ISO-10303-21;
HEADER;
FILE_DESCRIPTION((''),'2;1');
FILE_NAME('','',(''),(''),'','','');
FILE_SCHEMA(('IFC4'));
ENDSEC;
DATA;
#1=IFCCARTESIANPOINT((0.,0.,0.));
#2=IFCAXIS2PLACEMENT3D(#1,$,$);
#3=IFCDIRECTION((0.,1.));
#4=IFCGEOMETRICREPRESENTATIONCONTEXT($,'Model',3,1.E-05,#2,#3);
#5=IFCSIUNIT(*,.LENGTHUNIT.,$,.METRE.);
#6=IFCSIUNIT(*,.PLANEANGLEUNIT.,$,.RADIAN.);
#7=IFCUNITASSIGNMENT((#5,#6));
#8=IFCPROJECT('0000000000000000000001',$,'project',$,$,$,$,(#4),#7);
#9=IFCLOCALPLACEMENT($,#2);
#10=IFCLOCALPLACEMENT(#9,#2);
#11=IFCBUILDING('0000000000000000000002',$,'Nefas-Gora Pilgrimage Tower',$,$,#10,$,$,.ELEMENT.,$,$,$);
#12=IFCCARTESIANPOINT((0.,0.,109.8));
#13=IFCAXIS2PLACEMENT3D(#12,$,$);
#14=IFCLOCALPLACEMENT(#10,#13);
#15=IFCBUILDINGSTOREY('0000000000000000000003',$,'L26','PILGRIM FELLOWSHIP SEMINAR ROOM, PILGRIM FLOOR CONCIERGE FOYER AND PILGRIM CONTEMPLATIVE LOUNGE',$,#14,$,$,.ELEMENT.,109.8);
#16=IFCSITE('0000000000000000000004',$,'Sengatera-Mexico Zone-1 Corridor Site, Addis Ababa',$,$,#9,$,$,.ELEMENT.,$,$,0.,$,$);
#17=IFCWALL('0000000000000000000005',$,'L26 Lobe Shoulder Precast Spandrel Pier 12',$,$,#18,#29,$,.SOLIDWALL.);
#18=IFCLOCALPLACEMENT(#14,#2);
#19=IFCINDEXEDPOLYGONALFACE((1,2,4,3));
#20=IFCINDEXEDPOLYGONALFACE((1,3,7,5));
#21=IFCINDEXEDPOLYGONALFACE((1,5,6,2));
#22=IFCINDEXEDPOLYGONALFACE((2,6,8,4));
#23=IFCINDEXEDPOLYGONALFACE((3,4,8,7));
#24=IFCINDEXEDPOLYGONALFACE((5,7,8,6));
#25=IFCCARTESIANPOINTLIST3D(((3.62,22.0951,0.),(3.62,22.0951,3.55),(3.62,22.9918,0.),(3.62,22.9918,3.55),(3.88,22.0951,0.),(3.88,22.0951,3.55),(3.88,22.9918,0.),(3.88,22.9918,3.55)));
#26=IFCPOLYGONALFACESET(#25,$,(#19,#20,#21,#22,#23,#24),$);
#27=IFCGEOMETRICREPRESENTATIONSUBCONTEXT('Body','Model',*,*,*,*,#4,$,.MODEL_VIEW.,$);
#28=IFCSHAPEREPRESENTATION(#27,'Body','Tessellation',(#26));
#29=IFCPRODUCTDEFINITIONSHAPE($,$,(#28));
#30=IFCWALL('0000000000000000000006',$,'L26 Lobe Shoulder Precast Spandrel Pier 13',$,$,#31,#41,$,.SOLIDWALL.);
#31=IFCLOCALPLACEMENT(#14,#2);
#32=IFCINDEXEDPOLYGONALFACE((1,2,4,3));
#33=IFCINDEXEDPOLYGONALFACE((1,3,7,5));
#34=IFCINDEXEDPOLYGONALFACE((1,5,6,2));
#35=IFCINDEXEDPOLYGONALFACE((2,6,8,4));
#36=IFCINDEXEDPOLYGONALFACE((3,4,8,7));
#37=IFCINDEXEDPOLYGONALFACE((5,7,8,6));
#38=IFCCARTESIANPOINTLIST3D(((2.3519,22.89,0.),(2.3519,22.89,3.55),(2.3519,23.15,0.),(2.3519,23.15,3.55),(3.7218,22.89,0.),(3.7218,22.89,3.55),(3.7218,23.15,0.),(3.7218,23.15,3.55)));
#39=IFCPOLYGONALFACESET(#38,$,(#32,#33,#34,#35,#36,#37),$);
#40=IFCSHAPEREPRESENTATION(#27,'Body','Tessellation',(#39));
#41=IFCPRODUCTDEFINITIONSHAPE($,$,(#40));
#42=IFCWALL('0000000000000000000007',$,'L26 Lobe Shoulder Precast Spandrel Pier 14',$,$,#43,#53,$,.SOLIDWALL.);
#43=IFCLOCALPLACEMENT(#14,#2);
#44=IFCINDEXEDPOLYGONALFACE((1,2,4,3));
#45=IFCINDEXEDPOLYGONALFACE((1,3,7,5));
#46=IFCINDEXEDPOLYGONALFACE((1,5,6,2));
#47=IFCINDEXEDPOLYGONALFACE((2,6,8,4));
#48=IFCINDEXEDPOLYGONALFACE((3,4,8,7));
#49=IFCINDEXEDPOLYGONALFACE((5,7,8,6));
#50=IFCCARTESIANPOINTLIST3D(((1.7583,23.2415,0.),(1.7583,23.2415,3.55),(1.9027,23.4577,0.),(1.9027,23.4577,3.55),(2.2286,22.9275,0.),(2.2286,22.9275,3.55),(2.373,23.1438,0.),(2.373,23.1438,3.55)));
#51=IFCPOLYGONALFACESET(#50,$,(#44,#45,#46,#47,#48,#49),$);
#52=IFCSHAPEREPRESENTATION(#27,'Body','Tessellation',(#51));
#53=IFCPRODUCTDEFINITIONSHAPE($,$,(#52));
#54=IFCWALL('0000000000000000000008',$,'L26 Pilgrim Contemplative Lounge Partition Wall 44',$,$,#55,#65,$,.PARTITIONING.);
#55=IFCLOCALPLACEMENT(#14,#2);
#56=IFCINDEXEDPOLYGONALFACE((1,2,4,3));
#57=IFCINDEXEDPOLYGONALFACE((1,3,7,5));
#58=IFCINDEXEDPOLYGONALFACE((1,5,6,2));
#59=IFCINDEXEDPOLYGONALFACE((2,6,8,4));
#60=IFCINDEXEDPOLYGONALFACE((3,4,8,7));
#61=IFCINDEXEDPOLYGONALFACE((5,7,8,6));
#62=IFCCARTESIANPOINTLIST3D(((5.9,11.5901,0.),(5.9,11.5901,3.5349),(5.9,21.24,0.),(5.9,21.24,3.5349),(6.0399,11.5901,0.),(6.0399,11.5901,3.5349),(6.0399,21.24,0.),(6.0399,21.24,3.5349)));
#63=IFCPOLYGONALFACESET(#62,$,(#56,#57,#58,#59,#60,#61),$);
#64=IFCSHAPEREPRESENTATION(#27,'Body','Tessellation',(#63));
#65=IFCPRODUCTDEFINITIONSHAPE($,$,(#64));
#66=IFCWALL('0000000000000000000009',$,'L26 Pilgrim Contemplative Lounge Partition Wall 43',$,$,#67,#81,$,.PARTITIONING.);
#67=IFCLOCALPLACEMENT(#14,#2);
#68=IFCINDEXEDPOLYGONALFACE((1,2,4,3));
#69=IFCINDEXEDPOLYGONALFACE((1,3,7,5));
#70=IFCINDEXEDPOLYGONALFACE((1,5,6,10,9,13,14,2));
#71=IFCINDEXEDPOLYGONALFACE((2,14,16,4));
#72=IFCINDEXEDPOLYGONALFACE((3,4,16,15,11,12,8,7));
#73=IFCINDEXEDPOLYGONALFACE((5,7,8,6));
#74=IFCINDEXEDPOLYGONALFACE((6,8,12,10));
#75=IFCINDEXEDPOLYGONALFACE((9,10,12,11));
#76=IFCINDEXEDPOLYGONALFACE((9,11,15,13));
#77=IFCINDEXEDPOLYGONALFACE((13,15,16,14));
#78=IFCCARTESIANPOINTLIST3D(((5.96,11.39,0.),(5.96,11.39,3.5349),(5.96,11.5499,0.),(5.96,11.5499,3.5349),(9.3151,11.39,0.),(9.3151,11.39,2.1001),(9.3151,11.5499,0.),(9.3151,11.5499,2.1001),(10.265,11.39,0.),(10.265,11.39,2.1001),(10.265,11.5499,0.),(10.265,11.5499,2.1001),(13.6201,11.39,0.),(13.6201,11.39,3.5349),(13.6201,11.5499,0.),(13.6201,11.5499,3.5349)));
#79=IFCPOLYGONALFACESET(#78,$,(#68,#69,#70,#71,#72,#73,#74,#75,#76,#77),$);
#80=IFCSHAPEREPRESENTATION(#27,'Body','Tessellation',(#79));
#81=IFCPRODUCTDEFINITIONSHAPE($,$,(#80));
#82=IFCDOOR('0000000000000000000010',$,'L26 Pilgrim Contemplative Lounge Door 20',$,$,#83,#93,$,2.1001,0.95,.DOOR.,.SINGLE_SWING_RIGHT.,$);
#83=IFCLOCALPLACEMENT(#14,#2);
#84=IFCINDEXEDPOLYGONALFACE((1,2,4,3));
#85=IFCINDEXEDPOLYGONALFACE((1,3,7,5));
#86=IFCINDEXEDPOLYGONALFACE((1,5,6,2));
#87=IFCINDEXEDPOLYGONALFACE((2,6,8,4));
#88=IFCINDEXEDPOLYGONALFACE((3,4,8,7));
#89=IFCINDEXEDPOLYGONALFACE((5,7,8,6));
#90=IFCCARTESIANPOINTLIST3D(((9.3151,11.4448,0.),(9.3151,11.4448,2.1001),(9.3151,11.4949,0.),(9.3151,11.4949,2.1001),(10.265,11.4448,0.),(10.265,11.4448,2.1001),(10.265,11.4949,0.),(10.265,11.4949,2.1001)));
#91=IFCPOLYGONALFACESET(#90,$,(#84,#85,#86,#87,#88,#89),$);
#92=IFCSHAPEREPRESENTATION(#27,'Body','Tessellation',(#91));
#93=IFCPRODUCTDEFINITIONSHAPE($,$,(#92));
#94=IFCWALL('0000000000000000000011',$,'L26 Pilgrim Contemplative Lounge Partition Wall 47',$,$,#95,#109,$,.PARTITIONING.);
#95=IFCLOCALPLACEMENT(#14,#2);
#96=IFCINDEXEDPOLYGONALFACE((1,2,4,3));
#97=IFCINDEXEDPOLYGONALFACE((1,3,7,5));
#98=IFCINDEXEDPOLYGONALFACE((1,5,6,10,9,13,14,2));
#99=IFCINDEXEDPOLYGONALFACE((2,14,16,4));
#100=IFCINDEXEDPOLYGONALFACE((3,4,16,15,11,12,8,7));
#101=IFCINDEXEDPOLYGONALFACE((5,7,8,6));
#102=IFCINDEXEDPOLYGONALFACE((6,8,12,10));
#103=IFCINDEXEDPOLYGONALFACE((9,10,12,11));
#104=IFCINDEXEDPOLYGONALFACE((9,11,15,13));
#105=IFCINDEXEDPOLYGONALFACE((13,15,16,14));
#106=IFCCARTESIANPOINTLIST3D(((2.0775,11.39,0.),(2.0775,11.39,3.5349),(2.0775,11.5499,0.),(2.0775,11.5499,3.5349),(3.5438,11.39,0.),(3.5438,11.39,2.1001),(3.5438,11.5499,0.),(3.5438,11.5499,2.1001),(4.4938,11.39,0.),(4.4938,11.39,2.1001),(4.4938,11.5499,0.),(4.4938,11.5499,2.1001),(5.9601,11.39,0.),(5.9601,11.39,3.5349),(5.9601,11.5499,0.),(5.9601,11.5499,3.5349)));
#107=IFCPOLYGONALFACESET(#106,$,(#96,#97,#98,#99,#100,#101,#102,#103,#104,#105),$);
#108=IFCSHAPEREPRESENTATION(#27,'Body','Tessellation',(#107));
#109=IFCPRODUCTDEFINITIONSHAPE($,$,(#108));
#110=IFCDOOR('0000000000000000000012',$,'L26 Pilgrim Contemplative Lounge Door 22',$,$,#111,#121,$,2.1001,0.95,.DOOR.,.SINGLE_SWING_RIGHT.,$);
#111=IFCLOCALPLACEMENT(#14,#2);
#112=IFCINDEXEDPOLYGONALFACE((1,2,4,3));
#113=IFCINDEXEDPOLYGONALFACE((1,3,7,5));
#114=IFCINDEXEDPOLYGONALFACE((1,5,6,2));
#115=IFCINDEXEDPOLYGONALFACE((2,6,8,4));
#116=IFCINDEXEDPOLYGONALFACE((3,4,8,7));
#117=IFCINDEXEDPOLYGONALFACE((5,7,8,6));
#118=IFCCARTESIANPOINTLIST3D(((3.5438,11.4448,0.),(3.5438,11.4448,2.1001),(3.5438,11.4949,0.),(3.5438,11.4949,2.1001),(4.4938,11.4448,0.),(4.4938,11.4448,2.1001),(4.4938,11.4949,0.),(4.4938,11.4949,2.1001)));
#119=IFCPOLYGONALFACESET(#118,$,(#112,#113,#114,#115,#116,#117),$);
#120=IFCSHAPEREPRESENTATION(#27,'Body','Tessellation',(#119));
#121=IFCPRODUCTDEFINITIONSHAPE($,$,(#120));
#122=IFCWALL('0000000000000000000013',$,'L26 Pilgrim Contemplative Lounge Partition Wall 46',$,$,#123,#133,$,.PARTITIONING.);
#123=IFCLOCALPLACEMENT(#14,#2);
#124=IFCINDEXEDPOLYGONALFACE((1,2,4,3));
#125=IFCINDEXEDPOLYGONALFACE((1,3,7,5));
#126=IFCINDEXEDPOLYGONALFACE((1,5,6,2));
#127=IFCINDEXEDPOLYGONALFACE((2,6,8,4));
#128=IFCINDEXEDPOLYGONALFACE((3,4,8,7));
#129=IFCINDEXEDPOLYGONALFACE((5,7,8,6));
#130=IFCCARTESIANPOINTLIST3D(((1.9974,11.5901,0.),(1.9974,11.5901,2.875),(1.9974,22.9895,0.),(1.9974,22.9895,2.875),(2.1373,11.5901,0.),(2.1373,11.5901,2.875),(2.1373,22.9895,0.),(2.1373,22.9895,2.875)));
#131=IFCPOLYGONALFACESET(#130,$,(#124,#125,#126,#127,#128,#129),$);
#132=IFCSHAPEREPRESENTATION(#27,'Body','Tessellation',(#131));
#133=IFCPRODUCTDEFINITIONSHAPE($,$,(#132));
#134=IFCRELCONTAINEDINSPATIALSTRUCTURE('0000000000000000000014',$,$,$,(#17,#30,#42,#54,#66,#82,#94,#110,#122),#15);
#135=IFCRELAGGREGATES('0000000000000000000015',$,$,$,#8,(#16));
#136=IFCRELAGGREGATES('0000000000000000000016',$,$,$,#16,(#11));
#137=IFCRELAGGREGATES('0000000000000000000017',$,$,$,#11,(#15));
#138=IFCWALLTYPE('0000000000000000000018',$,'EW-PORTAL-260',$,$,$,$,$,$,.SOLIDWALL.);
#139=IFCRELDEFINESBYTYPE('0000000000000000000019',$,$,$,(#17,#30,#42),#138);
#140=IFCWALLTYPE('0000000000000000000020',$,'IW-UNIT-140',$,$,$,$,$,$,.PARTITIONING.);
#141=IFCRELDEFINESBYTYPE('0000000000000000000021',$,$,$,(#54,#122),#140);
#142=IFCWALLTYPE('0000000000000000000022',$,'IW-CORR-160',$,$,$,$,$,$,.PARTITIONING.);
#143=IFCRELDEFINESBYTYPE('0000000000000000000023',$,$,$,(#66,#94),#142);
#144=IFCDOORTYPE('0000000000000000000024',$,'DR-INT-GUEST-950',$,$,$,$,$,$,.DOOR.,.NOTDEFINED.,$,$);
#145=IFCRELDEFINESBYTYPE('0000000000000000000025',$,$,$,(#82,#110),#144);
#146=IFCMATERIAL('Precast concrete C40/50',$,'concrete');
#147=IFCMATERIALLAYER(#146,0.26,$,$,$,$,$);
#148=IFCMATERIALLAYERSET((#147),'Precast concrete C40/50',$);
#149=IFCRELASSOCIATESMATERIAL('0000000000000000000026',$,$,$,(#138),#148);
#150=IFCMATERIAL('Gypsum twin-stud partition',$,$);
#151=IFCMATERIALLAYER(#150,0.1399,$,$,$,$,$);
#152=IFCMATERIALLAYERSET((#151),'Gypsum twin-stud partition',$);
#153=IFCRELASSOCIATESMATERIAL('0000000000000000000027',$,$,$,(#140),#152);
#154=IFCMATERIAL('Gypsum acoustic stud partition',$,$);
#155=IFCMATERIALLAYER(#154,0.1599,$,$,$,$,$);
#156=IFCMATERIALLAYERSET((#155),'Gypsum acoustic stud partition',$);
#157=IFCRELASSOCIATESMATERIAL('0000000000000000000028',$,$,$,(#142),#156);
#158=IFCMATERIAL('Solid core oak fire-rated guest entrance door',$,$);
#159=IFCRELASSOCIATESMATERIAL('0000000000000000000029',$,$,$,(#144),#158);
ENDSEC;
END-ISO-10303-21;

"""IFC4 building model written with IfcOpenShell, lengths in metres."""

from ifc_helpers import new_model, si_unit, direction, frame, frame_2d, origin, place, context, subcontext, project, spatial, rectangle, extrude, source, transform, mapped, material, layer, layer_set, type_object, element, fill, save


model = new_model("IFC4")

# Units and contexts
model_context = context("Model", 3, precision=1e-05, world=origin(), true_north=direction((0.0, 1.0)))
body_context = subcontext(model_context, "Body", "Model", "MODEL_VIEW")
ifc_project = project(units=[si_unit("LENGTHUNIT", "METRE"), si_unit("PLANEANGLEUNIT", "RADIAN")], contexts=[model_context])

# Site, building, storey
site_placement = place(None, origin())
site = spatial("IfcSite", under=ifc_project, at=site_placement, Name="Sengatera-Mexico Zone-1 Corridor Site, Addis Ababa", CompositionType="ELEMENT", RefElevation=0.0)
building_placement = place(site_placement, origin())
building = spatial("IfcBuilding", under=site, at=building_placement, Name="Nefas-Gora Pilgrimage Tower", CompositionType="ELEMENT")
storey_placement = place(building_placement, frame((0.0, 0.0, 109.8)))
storey = spatial("IfcBuildingStorey", under=building, at=storey_placement, Name="L26", Description="PILGRIM FELLOWSHIP SEMINAR ROOM, PILGRIM FLOOR CONCIERGE FOYER AND PILGRIM CONTEMPLATIVE LOUNGE", CompositionType="ELEMENT", Elevation=109.8)

# Walls
ifc_material_1 = material(Name="Precast concrete C40/50", Category="concrete")
ifc_layer_1 = layer(ifc_material_1, 0.26)
ifc_layer_set_1 = layer_set([ifc_layer_1], Name="Precast concrete C40/50")
wall_type_1 = type_object("IfcWallType", Name="EW-PORTAL-260", PredefinedType="SOLIDWALL", material=ifc_layer_set_1)
shared_shape_1 = source(origin(), body_context, "Body", "SweptSolid", [
    extrude(rectangle(XDim=0.8967, YDim=0.26, at=frame_2d((0.4482, 0.0))), origin(), (0.0, 0.0, 1.0), 3.55),
])
wall_1_placement = place(storey_placement, frame((3.75, 22.0952, 0.0), z_axis=(0.0, 0.0, 1.0), x_axis=(0.0, 1.0, 0.0)))
element("IfcWall", 1, at=wall_1_placement, inside=storey, type_object=wall_type_1, Name="L26 Lobe Shoulder Precast Spandrel Pier 12", PredefinedType="SOLIDWALL", context=body_context, shape_type="MappedRepresentation", body=[
    mapped(shared_shape_1, transform((0.0, 0.0, 0.0), x_axis=(1.0, 0.0, 0.0), y_axis=(0.0, 1.0, 0.0), z_axis=(0.0, 0.0, 1.0), scale=1.0)),
])
shared_shape_2 = source(origin(), body_context, "Body", "SweptSolid", [
    extrude(rectangle(XDim=1.3699, YDim=0.26, at=frame_2d((0.6851, 0.0))), origin(), (0.0, 0.0, 1.0), 3.55),
])
wall_2_placement = place(storey_placement, frame((3.7219, 23.02, 0.0), z_axis=(0.0, 0.0, 1.0), x_axis=(-1.0, 0.0, 0.0)))
element("IfcWall", 2, at=wall_2_placement, inside=storey, type_object=wall_type_1, Name="L26 Lobe Shoulder Precast Spandrel Pier 13", PredefinedType="SOLIDWALL", context=body_context, shape_type="MappedRepresentation", body=[
    mapped(shared_shape_2, transform((0.0, 0.0, 0.0), x_axis=(1.0, 0.0, 0.0), y_axis=(0.0, 1.0, 0.0), z_axis=(0.0, 0.0, 1.0), scale=1.0)),
])
shared_shape_3 = source(origin(), body_context, "Body", "SweptSolid", [
    extrude(rectangle(XDim=0.5654, YDim=0.26, at=frame_2d((0.2827, 0.0))), origin(), (0.0, 0.0, 1.0), 3.55),
])
wall_3_placement = place(storey_placement, frame((2.3008, 23.0356, 0.0), z_axis=(0.0, 0.0, 1.0), x_axis=(-0.831651, 0.555298, 0.0)))
element("IfcWall", 3, at=wall_3_placement, inside=storey, type_object=wall_type_1, Name="L26 Lobe Shoulder Precast Spandrel Pier 14", PredefinedType="SOLIDWALL", context=body_context, shape_type="MappedRepresentation", body=[
    mapped(shared_shape_3, transform((0.0, 0.0, 0.0), x_axis=(1.0, 0.0, 0.0), y_axis=(0.0, 1.0, 0.0), z_axis=(0.0, 0.0, 1.0), scale=1.0)),
])
ifc_material_2 = material(Name="Gypsum twin-stud partition")
ifc_layer_2 = layer(ifc_material_2, 0.1399)
ifc_layer_set_2 = layer_set([ifc_layer_2], Name="Gypsum twin-stud partition")
wall_type_2 = type_object("IfcWallType", Name="IW-UNIT-140", PredefinedType="PARTITIONING", material=ifc_layer_set_2)
shared_shape_4 = source(origin(), body_context, "Body", "SweptSolid", [
    extrude(rectangle(XDim=9.6499, YDim=0.1399, at=frame_2d((4.825, 0.0))), origin(), (0.0, 0.0, 1.0), 3.5349),
])
wall_4_placement = place(storey_placement, frame((5.97, 11.5901, 0.0), z_axis=(0.0, 0.0, 1.0), x_axis=(0.0, 1.0, 0.0)))
element("IfcWall", 4, at=wall_4_placement, inside=storey, type_object=wall_type_2, Name="L26 Pilgrim Contemplative Lounge Partition Wall 44", PredefinedType="PARTITIONING", context=body_context, shape_type="MappedRepresentation", body=[
    mapped(shared_shape_4, transform((0.0, 0.0, 0.0), x_axis=(1.0, 0.0, 0.0), y_axis=(0.0, 1.0, 0.0), z_axis=(0.0, 0.0, 1.0), scale=1.0)),
])

# Walls, openings, doors
ifc_material_3 = material(Name="Gypsum acoustic stud partition")
ifc_layer_3 = layer(ifc_material_3, 0.1599)
ifc_layer_set_3 = layer_set([ifc_layer_3], Name="Gypsum acoustic stud partition")
wall_type_3 = type_object("IfcWallType", Name="IW-CORR-160", PredefinedType="PARTITIONING", material=ifc_layer_set_3)
shared_shape_5 = source(origin(), body_context, "Body", "SweptSolid", [
    extrude(rectangle(XDim=7.6602, YDim=0.1599, at=frame_2d((3.8301, 0.0))), origin(), (0.0, 0.0, 1.0), 3.5349),
])
wall_5_placement = place(storey_placement, frame((5.96, 11.47, 0.0), z_axis=(0.0, 0.0, 1.0), x_axis=(1.0, 0.0, 0.0)))
wall_5 = element("IfcWall", 5, at=wall_5_placement, inside=storey, type_object=wall_type_3, Name="L26 Pilgrim Contemplative Lounge Partition Wall 43", PredefinedType="PARTITIONING", context=body_context, shape_type="MappedRepresentation", body=[
    mapped(shared_shape_5, transform((0.0, 0.0, 0.0), x_axis=(1.0, 0.0, 0.0), y_axis=(0.0, 1.0, 0.0), z_axis=(0.0, 0.0, 1.0), scale=1.0)),
])
opening_1_placement = place(wall_5_placement, frame((3.355, 0.0, 0.0)))
opening_1 = element("IfcOpeningElement", 6, at=opening_1_placement, cuts=wall_5, PredefinedType="OPENING", context=body_context, shape_type="SweptSolid", body=[
    extrude(rectangle(XDim=0.95, YDim=2.1001, at=frame_2d((0.4751, 1.05))), frame((0.0, 0.0898, 0.0), z_axis=(0.0, -1.0, 0.0), x_axis=(1.0, 0.0, 0.0)), (0.0, 0.0, 1.0), 0.1799),
])
ifc_material_4 = material(Name="Solid core oak fire-rated guest entrance door")
door_type = type_object("IfcDoorType", Name="DR-INT-GUEST-950", OperationType="NOTDEFINED", PredefinedType="DOOR", material=ifc_material_4)
shared_shape_6 = source(origin(), body_context, "Body", "SweptSolid", [
    extrude(rectangle(XDim=0.95, YDim=2.1001, at=frame_2d((0.4751, 1.05))), frame((0.0, 0.0249, 0.0), z_axis=(0.0, -1.0, 0.0), x_axis=(1.0, 0.0, 0.0)), (0.0, 0.0, 1.0), 0.05),
])
door_1_placement = place(opening_1_placement, origin())
door_1 = element("IfcDoor", 7, at=door_1_placement, inside=storey, type_object=door_type, Name="L26 Pilgrim Contemplative Lounge Door 20", OperationType="SINGLE_SWING_RIGHT", OverallHeight=2.1001, OverallWidth=0.95, PredefinedType="DOOR", context=body_context, shape_type="MappedRepresentation", body=[
    mapped(shared_shape_6, transform((0.0, 0.0, 0.0), x_axis=(1.0, 0.0, 0.0), y_axis=(0.0, 1.0, 0.0), z_axis=(0.0, 0.0, 1.0), scale=1.0)),
])
fill(opening_1, door_1)
shared_shape_7 = source(origin(), body_context, "Body", "SweptSolid", [
    extrude(rectangle(XDim=3.8826, YDim=0.1599, at=frame_2d((1.9414, 0.0))), origin(), (0.0, 0.0, 1.0), 3.5349),
])
wall_6_placement = place(storey_placement, frame((2.0774, 11.47, 0.0), z_axis=(0.0, 0.0, 1.0), x_axis=(1.0, 0.0, 0.0)))
wall_6 = element("IfcWall", 8, at=wall_6_placement, inside=storey, type_object=wall_type_3, Name="L26 Pilgrim Contemplative Lounge Partition Wall 47", PredefinedType="PARTITIONING", context=body_context, shape_type="MappedRepresentation", body=[
    mapped(shared_shape_7, transform((0.0, 0.0, 0.0), x_axis=(1.0, 0.0, 0.0), y_axis=(0.0, 1.0, 0.0), z_axis=(0.0, 0.0, 1.0), scale=1.0)),
])
opening_2_placement = place(wall_6_placement, frame((1.4663, 0.0, 0.0)))
opening_2 = element("IfcOpeningElement", 9, at=opening_2_placement, cuts=wall_6, PredefinedType="OPENING", context=body_context, shape_type="SweptSolid", body=[
    extrude(rectangle(XDim=0.95, YDim=2.1001, at=frame_2d((0.4751, 1.05))), frame((0.0, 0.0898, 0.0), z_axis=(0.0, -1.0, 0.0), x_axis=(1.0, 0.0, 0.0)), (0.0, 0.0, 1.0), 0.1799),
])
door_2_placement = place(opening_2_placement, origin())
door_2 = element("IfcDoor", 10, at=door_2_placement, inside=storey, type_object=door_type, Name="L26 Pilgrim Contemplative Lounge Door 22", OperationType="SINGLE_SWING_RIGHT", OverallHeight=2.1001, OverallWidth=0.95, PredefinedType="DOOR", context=body_context, shape_type="MappedRepresentation", body=[
    mapped(shared_shape_6, transform((0.0, 0.0, 0.0), x_axis=(1.0, 0.0, 0.0), y_axis=(0.0, 1.0, 0.0), z_axis=(0.0, 0.0, 1.0), scale=1.0)),
])
fill(opening_2, door_2)

# Wall
shared_shape_8 = source(origin(), body_context, "Body", "SweptSolid", [
    extrude(rectangle(XDim=11.3994, YDim=0.1399, at=frame_2d((5.6997, 0.0))), origin(), (0.0, 0.0, 1.0), 2.875),
])
wall_7_placement = place(storey_placement, frame((2.0674, 11.5901, 0.0), z_axis=(0.0, 0.0, 1.0), x_axis=(0.0, 1.0, 0.0)))
element("IfcWall", 11, at=wall_7_placement, inside=storey, type_object=wall_type_2, Name="L26 Pilgrim Contemplative Lounge Partition Wall 46", PredefinedType="PARTITIONING", context=body_context, shape_type="MappedRepresentation", body=[
    mapped(shared_shape_8, transform((0.0, 0.0, 0.0), x_axis=(1.0, 0.0, 0.0), y_axis=(0.0, 1.0, 0.0), z_axis=(0.0, 0.0, 1.0), scale=1.0)),
])

save(model, "model.ifc")
